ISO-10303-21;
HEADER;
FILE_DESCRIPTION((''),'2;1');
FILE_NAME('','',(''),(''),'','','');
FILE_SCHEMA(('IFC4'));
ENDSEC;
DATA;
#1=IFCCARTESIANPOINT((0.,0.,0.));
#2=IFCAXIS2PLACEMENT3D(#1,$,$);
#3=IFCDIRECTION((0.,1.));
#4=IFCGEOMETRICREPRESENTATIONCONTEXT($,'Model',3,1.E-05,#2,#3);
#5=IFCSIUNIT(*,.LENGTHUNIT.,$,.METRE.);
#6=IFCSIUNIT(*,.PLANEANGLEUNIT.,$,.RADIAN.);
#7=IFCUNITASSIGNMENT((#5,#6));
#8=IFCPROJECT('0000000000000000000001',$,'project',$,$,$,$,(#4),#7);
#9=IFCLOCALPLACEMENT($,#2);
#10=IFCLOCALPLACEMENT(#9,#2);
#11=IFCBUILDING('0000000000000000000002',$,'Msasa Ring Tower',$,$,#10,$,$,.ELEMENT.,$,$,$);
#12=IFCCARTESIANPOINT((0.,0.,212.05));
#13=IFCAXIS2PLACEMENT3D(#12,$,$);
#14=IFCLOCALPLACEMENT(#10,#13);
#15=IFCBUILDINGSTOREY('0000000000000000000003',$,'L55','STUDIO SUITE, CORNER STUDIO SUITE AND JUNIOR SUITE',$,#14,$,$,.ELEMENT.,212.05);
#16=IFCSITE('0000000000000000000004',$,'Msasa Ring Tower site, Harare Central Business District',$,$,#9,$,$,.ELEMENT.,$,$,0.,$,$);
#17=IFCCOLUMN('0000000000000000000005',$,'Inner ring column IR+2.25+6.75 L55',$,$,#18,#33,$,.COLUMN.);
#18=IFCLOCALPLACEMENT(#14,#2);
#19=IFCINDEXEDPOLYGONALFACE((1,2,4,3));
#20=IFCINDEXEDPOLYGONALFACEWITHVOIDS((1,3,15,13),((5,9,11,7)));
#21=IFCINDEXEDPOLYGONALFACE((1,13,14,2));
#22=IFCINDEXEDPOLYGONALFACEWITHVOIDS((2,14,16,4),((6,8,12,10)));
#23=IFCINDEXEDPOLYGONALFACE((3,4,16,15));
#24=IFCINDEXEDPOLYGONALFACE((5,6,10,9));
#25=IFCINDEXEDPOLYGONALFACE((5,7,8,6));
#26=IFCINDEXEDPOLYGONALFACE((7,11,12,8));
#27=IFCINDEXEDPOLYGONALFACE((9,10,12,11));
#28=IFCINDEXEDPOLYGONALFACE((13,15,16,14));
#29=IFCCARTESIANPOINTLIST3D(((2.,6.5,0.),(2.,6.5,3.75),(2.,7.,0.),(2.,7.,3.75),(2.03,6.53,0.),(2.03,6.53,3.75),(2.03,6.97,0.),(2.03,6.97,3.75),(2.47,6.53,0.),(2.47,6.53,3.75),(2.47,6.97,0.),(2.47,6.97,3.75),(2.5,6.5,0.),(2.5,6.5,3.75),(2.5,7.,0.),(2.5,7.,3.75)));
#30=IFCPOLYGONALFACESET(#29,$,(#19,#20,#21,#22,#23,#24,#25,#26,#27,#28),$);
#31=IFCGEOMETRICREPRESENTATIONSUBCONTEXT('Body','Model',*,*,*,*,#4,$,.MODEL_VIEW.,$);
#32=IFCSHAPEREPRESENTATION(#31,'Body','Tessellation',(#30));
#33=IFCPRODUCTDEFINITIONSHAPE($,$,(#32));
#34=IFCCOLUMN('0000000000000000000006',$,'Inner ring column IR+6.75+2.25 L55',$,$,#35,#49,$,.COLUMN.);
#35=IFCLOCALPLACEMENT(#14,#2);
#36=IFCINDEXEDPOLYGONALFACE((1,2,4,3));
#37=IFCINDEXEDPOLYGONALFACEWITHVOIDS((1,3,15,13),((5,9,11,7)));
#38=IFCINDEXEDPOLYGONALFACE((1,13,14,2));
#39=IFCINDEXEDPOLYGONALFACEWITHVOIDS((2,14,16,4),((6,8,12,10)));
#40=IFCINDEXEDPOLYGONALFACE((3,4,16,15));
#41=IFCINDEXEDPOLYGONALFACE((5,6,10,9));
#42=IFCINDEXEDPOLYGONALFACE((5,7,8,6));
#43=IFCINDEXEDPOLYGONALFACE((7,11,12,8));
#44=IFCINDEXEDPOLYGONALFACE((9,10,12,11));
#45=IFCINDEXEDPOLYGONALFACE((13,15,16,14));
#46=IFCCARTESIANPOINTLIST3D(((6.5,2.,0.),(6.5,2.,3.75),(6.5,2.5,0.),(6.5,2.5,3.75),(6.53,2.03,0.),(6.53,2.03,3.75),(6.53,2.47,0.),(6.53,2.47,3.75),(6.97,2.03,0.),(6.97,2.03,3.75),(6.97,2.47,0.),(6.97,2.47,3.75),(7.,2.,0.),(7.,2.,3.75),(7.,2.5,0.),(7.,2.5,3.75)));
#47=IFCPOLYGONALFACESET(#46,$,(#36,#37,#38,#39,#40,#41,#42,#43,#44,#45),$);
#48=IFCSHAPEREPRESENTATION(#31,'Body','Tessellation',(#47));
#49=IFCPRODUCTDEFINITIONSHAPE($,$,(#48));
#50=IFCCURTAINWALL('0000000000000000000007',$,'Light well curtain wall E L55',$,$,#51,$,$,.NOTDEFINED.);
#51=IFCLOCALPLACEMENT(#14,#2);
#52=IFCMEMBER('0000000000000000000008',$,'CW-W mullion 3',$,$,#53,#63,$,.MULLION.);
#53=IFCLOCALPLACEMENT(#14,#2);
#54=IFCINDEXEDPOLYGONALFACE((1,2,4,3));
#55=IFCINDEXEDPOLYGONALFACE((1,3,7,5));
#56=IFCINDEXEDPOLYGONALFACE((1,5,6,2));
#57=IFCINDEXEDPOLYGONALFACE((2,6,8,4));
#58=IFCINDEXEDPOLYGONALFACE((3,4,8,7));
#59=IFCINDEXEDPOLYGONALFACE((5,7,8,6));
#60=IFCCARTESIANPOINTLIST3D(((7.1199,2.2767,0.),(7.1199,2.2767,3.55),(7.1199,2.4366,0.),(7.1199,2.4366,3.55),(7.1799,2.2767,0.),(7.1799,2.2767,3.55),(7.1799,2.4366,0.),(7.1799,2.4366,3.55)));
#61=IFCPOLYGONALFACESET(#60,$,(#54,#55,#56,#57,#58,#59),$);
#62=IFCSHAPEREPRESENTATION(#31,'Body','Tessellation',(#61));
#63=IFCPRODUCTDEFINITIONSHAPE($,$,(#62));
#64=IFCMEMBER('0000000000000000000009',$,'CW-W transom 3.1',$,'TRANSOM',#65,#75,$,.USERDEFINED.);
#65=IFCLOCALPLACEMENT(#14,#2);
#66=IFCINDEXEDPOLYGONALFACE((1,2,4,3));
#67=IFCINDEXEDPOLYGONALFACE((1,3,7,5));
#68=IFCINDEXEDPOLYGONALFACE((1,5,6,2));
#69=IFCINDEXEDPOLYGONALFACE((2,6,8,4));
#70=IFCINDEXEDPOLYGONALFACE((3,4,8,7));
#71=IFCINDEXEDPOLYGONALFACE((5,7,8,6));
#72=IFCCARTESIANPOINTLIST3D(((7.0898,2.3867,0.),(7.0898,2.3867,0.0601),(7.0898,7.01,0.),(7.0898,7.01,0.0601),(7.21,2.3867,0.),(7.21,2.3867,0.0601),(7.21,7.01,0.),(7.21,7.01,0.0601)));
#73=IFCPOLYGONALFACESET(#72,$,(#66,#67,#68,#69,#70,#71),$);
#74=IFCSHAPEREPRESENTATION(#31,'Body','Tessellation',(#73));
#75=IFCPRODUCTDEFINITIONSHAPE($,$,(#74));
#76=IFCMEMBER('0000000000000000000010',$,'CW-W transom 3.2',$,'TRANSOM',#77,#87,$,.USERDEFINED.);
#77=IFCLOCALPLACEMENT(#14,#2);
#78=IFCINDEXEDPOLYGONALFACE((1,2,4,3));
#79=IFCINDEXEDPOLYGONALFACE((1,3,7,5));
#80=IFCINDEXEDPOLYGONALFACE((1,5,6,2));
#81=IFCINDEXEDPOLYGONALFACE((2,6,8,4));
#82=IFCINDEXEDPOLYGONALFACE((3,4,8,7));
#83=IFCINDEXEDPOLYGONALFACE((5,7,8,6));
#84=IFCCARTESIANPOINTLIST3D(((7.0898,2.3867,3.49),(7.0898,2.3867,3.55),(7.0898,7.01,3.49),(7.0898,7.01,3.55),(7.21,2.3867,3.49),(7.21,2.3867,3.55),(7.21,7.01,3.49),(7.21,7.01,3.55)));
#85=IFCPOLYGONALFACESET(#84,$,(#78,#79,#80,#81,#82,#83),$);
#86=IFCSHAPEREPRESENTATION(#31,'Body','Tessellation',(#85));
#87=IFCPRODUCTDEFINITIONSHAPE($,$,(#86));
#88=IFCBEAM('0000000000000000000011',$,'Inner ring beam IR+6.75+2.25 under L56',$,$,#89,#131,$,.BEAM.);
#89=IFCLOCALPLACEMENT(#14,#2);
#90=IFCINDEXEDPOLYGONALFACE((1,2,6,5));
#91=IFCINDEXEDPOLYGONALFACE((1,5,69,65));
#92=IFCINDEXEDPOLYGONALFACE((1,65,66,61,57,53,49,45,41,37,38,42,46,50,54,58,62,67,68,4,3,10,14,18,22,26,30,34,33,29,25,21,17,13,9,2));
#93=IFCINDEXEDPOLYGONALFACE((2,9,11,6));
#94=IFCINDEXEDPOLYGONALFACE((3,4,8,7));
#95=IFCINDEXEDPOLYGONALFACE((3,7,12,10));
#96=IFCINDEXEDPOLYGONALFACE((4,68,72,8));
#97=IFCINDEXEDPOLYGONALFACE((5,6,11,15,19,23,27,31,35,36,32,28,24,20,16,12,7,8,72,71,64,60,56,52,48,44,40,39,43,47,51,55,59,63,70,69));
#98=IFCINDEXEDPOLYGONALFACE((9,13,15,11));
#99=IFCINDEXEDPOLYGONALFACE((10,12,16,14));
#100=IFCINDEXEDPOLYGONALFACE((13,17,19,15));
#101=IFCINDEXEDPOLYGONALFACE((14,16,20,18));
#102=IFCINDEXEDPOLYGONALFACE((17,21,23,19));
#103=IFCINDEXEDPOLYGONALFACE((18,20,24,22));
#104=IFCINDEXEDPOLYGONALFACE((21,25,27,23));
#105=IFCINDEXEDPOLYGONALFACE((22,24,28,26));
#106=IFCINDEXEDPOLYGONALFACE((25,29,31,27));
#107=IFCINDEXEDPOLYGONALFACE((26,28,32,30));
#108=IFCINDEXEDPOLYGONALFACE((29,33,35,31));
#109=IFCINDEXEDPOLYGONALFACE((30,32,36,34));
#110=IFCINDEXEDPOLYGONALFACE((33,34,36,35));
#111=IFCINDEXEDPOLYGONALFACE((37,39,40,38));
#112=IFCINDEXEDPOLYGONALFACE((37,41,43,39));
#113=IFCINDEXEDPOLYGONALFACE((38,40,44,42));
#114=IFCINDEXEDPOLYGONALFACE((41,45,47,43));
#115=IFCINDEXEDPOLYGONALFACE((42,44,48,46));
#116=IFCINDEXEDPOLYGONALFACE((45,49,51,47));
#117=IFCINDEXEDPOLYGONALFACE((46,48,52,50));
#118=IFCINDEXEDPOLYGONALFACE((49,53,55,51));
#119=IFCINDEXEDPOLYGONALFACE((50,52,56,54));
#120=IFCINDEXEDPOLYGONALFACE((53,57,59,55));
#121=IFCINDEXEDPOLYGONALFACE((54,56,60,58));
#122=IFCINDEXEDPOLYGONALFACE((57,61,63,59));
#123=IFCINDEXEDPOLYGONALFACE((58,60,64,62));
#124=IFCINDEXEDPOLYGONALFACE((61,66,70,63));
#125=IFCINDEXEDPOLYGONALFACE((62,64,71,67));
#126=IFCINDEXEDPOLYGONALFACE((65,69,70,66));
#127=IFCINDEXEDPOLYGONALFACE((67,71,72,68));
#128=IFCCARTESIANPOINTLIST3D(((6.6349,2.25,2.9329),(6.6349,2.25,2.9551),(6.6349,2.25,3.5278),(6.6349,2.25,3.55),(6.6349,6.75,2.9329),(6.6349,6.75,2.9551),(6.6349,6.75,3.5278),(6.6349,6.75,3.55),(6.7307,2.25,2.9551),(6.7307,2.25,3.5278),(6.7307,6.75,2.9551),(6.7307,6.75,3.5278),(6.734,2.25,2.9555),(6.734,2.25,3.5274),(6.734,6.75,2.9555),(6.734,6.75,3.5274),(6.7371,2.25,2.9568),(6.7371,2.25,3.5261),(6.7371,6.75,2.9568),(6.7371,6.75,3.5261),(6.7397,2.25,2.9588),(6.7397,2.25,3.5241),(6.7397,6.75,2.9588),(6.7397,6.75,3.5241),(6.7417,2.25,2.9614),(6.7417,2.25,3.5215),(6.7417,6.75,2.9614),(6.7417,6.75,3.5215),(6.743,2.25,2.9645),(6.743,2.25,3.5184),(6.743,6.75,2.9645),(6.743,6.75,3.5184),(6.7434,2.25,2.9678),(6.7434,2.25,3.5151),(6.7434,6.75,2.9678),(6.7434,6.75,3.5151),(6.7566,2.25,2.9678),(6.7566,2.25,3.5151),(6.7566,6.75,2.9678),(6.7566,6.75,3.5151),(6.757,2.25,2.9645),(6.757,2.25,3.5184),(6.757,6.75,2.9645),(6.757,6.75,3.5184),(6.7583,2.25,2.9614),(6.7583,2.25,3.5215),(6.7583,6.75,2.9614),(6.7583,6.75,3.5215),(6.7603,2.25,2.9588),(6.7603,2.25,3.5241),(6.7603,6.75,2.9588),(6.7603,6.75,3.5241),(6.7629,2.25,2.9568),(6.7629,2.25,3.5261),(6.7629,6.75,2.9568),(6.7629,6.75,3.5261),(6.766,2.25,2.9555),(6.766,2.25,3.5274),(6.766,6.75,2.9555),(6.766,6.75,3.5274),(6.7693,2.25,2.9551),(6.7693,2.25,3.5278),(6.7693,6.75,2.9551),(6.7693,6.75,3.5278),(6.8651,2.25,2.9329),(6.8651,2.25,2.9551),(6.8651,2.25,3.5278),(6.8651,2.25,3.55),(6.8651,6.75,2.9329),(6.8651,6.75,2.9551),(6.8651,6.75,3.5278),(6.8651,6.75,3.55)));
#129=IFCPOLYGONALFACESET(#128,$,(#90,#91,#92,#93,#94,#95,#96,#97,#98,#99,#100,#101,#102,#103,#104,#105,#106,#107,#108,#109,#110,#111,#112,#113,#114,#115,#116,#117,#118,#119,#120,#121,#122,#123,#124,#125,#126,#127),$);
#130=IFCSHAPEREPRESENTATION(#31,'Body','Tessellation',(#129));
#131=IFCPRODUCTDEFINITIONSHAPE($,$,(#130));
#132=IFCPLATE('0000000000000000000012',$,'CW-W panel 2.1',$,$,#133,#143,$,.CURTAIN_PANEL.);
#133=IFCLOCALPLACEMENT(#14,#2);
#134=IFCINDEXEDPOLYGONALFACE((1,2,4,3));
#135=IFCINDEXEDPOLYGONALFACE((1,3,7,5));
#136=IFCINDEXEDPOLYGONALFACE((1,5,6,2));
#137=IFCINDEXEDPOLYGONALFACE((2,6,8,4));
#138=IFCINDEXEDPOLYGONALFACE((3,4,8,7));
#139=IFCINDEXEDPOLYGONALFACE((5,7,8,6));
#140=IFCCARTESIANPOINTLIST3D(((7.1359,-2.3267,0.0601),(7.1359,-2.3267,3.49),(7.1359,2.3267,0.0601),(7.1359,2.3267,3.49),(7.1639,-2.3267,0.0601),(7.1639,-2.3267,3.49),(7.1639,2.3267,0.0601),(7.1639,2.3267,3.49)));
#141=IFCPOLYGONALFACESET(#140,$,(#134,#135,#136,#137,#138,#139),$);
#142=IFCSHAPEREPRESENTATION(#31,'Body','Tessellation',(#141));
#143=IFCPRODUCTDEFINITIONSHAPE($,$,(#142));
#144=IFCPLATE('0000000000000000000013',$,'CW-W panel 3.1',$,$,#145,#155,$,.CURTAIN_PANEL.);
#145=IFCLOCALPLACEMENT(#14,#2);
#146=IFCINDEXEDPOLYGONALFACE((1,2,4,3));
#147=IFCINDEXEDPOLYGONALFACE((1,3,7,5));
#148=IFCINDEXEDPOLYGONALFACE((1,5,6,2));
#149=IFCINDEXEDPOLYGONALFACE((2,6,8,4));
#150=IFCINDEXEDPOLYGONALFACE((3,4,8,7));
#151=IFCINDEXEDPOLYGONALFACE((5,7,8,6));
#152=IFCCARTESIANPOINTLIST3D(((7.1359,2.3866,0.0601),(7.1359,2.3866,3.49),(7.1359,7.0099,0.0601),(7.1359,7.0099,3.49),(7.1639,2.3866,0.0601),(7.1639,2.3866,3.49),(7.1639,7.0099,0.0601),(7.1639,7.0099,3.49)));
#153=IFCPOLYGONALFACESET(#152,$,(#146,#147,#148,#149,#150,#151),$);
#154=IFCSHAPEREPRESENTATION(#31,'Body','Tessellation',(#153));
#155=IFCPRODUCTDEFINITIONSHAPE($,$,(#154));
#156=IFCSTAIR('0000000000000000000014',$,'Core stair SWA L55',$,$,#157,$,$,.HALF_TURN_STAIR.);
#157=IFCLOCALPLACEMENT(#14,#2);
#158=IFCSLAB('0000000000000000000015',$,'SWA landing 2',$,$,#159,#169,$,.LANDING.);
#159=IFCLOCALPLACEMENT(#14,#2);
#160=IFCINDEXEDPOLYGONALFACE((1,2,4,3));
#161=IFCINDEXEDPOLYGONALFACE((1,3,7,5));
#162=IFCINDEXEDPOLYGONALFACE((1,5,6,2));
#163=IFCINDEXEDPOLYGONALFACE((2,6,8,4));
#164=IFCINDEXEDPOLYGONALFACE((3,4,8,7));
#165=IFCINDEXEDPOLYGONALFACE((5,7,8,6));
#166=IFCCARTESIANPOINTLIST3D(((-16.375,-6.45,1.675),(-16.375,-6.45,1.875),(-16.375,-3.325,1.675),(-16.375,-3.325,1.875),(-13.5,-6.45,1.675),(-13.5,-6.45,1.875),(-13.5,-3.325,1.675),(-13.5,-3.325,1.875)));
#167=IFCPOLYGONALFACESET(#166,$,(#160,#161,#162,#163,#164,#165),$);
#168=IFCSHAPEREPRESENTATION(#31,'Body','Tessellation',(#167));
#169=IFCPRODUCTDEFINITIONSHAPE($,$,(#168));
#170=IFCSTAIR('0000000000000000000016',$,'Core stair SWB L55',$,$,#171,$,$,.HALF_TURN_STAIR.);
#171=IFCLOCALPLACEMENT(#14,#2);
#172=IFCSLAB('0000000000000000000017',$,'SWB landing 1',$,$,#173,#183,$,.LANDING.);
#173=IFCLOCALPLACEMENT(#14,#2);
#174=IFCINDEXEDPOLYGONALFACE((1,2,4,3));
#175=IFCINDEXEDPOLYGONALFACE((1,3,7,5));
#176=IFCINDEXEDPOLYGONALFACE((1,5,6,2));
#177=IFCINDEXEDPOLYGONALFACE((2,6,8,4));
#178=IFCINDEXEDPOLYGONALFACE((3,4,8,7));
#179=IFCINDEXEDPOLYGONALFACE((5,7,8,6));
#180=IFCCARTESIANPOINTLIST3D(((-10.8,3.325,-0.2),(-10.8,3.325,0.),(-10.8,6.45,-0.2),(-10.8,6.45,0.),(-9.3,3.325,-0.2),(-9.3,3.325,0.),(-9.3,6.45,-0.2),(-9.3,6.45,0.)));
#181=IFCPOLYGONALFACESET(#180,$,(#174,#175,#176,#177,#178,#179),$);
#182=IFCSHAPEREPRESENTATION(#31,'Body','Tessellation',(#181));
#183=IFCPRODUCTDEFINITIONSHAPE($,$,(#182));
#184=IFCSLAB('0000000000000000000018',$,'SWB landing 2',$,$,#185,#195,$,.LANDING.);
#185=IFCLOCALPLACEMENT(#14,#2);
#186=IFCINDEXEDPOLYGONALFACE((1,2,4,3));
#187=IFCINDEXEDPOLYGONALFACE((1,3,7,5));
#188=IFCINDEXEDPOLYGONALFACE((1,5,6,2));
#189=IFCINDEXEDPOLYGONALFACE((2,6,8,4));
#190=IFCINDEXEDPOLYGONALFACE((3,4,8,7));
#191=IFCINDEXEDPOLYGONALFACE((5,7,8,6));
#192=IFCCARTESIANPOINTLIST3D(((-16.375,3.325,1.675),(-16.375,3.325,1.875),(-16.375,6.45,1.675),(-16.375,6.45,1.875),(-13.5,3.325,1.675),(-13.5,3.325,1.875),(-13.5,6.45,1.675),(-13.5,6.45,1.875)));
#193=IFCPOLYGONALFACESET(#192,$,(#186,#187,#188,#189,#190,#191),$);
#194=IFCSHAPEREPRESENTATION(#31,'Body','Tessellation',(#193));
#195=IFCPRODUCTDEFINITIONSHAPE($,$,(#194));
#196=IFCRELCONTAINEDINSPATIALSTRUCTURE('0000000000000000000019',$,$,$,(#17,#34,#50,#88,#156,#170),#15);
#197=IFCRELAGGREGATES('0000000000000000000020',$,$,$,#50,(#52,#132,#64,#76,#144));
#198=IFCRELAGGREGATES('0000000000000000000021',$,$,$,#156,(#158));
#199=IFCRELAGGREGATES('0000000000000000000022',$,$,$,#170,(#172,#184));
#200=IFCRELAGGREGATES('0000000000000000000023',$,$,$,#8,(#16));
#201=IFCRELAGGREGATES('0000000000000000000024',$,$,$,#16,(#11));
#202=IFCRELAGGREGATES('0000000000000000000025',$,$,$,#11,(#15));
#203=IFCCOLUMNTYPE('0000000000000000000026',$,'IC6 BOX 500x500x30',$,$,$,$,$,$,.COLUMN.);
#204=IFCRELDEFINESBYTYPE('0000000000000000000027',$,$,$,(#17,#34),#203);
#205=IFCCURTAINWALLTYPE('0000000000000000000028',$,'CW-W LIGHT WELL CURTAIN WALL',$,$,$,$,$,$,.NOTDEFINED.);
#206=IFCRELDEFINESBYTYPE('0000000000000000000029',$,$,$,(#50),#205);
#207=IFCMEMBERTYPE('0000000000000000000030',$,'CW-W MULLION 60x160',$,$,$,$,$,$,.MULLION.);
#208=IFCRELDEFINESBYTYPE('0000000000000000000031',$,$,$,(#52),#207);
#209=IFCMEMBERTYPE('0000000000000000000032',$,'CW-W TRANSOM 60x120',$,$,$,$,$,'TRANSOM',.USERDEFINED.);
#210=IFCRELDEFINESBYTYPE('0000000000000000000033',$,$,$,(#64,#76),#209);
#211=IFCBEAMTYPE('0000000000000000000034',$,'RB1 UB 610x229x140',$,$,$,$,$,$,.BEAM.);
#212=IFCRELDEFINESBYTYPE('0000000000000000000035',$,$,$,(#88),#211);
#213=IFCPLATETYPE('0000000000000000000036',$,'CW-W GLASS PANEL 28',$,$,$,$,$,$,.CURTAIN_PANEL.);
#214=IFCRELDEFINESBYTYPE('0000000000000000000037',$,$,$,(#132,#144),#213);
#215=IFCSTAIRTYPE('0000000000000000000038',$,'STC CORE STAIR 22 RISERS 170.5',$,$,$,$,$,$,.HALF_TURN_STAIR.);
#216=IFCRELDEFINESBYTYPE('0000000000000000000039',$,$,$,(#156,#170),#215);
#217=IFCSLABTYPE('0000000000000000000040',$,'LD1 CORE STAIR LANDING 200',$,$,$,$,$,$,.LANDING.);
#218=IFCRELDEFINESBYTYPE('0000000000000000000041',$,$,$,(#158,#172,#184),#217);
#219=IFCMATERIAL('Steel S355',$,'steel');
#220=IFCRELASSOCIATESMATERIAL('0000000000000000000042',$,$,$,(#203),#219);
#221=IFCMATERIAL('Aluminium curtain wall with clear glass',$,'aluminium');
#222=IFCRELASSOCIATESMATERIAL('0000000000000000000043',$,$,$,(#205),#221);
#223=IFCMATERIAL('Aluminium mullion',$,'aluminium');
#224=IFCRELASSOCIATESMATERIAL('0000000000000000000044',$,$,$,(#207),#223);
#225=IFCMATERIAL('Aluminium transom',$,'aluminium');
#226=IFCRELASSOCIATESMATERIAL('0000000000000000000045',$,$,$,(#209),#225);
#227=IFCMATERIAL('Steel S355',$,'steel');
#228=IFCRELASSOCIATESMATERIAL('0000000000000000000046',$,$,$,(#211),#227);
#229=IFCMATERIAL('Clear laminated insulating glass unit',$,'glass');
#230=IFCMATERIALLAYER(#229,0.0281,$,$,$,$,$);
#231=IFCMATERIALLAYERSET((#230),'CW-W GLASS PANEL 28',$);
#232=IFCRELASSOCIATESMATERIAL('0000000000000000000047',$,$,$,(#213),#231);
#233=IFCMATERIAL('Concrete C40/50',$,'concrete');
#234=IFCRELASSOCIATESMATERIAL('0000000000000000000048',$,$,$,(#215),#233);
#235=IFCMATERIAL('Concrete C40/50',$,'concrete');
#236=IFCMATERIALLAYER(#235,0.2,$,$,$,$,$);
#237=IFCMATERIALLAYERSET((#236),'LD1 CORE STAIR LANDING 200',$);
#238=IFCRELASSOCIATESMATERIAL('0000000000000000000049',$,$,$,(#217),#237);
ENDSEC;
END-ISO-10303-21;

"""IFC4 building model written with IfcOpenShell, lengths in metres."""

from ifc_helpers import new_model, si_unit, direction, frame, origin, origin_2d, place, context, subcontext, project, spatial, polyline, rectangle, hollow_rectangle, i_section, outline, extrude, material, layer, layer_set, material_profile, profile_set, type_object, element, aggregate, save


model = new_model("IFC4")

# Units and contexts
model_context = context("Model", 3, precision=1e-05, world=origin(), true_north=direction((0.0, 1.0)))
body_context = subcontext(model_context, "Body", "Model", "MODEL_VIEW")
ifc_project = project(units=[si_unit("LENGTHUNIT", "METRE"), si_unit("PLANEANGLEUNIT", "RADIAN")], contexts=[model_context])

# Site, building, storey
site_placement = place(None, origin())
site = spatial("IfcSite", under=ifc_project, at=site_placement, Name="Msasa Ring Tower site, Harare Central Business District", CompositionType="ELEMENT", RefElevation=0.0)
building_placement = place(site_placement, origin())
building = spatial("IfcBuilding", under=site, at=building_placement, Name="Msasa Ring Tower", CompositionType="ELEMENT")
storey_placement = place(building_placement, frame((0.0, 0.0, 212.05)))
storey = spatial("IfcBuildingStorey", under=building, at=storey_placement, Name="L55", Description="STUDIO SUITE, CORNER STUDIO SUITE AND JUNIOR SUITE", CompositionType="ELEMENT", Elevation=212.05)

# Columns
ifc_material_1 = material(Name="Steel S355", Category="steel")
ifc_material_profile_1 = material_profile(ifc_material_1, hollow_rectangle(XDim=0.5, YDim=0.5, WallThickness=0.03, at=origin_2d()), Name="BOX 500x500x30")
ifc_profile_set_1 = profile_set([ifc_material_profile_1], Name="Steel S355")
column_type = type_object("IfcColumnType", Name="IC6 BOX 500x500x30", PredefinedType="COLUMN", material=ifc_profile_set_1)
for number, where, z_axis, x_axis, name in (
    (1, (2.25, 6.75, 0.0), (0.0, 0.0, 1.0), (1.0, 0.0, 0.0), "Inner ring column IR+2.25+6.75 L55"),
    (2, (6.75, 2.25, 0.0), (0.0, 0.0, 1.0), (1.0, 0.0, 0.0), "Inner ring column IR+6.75+2.25 L55"),
):
    element("IfcColumn", number, at=place(storey_placement, frame(where, z_axis=z_axis, x_axis=x_axis)), inside=storey, type_object=column_type, Name=name, PredefinedType="COLUMN", context=body_context, shape_type="SweptSolid", body=[
        extrude(hollow_rectangle(XDim=0.5, YDim=0.5, WallThickness=0.03, at=origin_2d()), origin(), (0.0, 0.0, 1.0), 3.75),
    ])

# Curtain wall, members
ifc_material_2 = material(Name="Aluminium curtain wall with clear glass", Category="aluminium")
curtain_wall_type = type_object("IfcCurtainWallType", Name="CW-W LIGHT WELL CURTAIN WALL", PredefinedType="NOTDEFINED", material=ifc_material_2)
curtain_wall_placement = place(storey_placement, origin())
curtain_wall = element("IfcCurtainWall", 3, at=curtain_wall_placement, inside=storey, type_object=curtain_wall_type, Name="Light well curtain wall E L55", PredefinedType="NOTDEFINED")
ifc_material_3 = material(Name="Aluminium mullion", Category="aluminium")
ifc_material_profile_2 = material_profile(ifc_material_3, rectangle(XDim=0.0601, YDim=0.1599, at=origin_2d()), Name="AL 60x160")
ifc_profile_set_2 = profile_set([ifc_material_profile_2], Name="Aluminium mullion")
member_type_1 = type_object("IfcMemberType", Name="CW-W MULLION 60x160", PredefinedType="MULLION", material=ifc_profile_set_2)
member_1_placement = place(storey_placement, frame((7.1499, 2.3567, 0.0), z_axis=(0.0, 0.0, 1.0), x_axis=(-1.0, 0.0, 0.0)))
member_1 = element("IfcMember", 4, at=member_1_placement, type_object=member_type_1, Name="CW-W mullion 3", PredefinedType="MULLION", context=body_context, shape_type="SweptSolid", body=[
    extrude(rectangle(XDim=0.0601, YDim=0.1599, at=origin_2d()), origin(), (0.0, 0.0, 1.0), 3.55),
])
ifc_material_4 = material(Name="Aluminium transom", Category="aluminium")
ifc_material_profile_3 = material_profile(ifc_material_4, rectangle(XDim=0.1201, YDim=0.0601, at=origin_2d()), Name="AL 60x120")
ifc_profile_set_3 = profile_set([ifc_material_profile_3], Name="Aluminium transom")
member_type_2 = type_object("IfcMemberType", Name="CW-W TRANSOM 60x120", ElementType="TRANSOM", PredefinedType="USERDEFINED", material=ifc_profile_set_3)
member_2_placement = place(storey_placement, frame((7.1499, 2.3867, 0.03), z_axis=(0.0, 1.0, 0.0), x_axis=(-1.0, 0.0, 0.0)))
member_2 = element("IfcMember", 5, at=member_2_placement, type_object=member_type_2, Name="CW-W transom 3.1", ObjectType="TRANSOM", PredefinedType="USERDEFINED", context=body_context, shape_type="SweptSolid", body=[
    extrude(rectangle(XDim=0.1201, YDim=0.0601, at=origin_2d()), origin(), (0.0, 0.0, 1.0), 4.6233),
])
member_3_placement = place(storey_placement, frame((7.1499, 2.3867, 3.52), z_axis=(0.0, 1.0, 0.0), x_axis=(-1.0, 0.0, 0.0)))
member_3 = element("IfcMember", 6, at=member_3_placement, type_object=member_type_2, Name="CW-W transom 3.2", ObjectType="TRANSOM", PredefinedType="USERDEFINED", context=body_context, shape_type="SweptSolid", body=[
    extrude(rectangle(XDim=0.1201, YDim=0.0601, at=origin_2d()), origin(), (0.0, 0.0, 1.0), 4.6233),
])

# Beam
ifc_material_5 = material(Name="Steel S355", Category="steel")
ifc_material_profile_4 = material_profile(ifc_material_5, i_section(OverallWidth=0.2302, OverallDepth=0.6172, WebThickness=0.0132, FlangeThickness=0.0222, FilletRadius=0.0127, at=origin_2d()), Name="UB 610x229x140")
ifc_profile_set_4 = profile_set([ifc_material_profile_4], Name="Steel S355")
beam_type = type_object("IfcBeamType", Name="RB1 UB 610x229x140", PredefinedType="BEAM", material=ifc_profile_set_4)
beam_placement = place(storey_placement, frame((6.75, 2.25, 3.2415), z_axis=(0.0, 1.0, 0.0), x_axis=(-1.0, 0.0, 0.0)))
element("IfcBeam", 7, at=beam_placement, inside=storey, type_object=beam_type, Name="Inner ring beam IR+6.75+2.25 under L56", PredefinedType="BEAM", context=body_context, shape_type="SweptSolid", body=[
    extrude(i_section(OverallWidth=0.2302, OverallDepth=0.6172, WebThickness=0.0132, FlangeThickness=0.0222, FilletRadius=0.0127, at=origin_2d()), origin(), (0.0, 0.0, 1.0), 4.5),
])

# Plates
ifc_material_6 = material(Name="Clear laminated insulating glass unit", Category="glass")
ifc_layer_1 = layer(ifc_material_6, 0.0281)
ifc_layer_set_1 = layer_set([ifc_layer_1], Name="CW-W GLASS PANEL 28")
plate_type = type_object("IfcPlateType", Name="CW-W GLASS PANEL 28", PredefinedType="CURTAIN_PANEL", material=ifc_layer_set_1)
plate_1_placement = place(storey_placement, frame((7.1499, 0.0, 0.0601), z_axis=(0.0, 0.0, 1.0), x_axis=(0.0, 1.0, 0.0)))
plate_1 = element("IfcPlate", 8, at=plate_1_placement, type_object=plate_type, Name="CW-W panel 2.1", PredefinedType="CURTAIN_PANEL", context=body_context, shape_type="SweptSolid", body=[
    extrude(rectangle(XDim=4.6533, YDim=0.0281, at=origin_2d()), origin(), (0.0, 0.0, 1.0), 3.4299),
])
plate_2_placement = place(storey_placement, frame((7.1499, 4.6982, 0.0601), z_axis=(0.0, 0.0, 1.0), x_axis=(0.0, 1.0, 0.0)))
plate_2 = element("IfcPlate", 9, at=plate_2_placement, type_object=plate_type, Name="CW-W panel 3.1", PredefinedType="CURTAIN_PANEL", context=body_context, shape_type="SweptSolid", body=[
    extrude(rectangle(XDim=4.6233, YDim=0.0281, at=origin_2d()), origin(), (0.0, 0.0, 1.0), 3.4299),
])
aggregate(curtain_wall, [member_1, plate_1, member_2, member_3, plate_2])

# Stair, slab
ifc_material_7 = material(Name="Concrete C40/50", Category="concrete")
stair_type = type_object("IfcStairType", Name="STC CORE STAIR 22 RISERS 170.5", PredefinedType="HALF_TURN_STAIR", material=ifc_material_7)
stair_1_placement = place(storey_placement, origin())
stair_1 = element("IfcStair", 10, at=stair_1_placement, inside=storey, type_object=stair_type, Name="Core stair SWA L55", PredefinedType="HALF_TURN_STAIR")
ifc_material_8 = material(Name="Concrete C40/50", Category="concrete")
ifc_layer_2 = layer(ifc_material_8, 0.2)
ifc_layer_set_2 = layer_set([ifc_layer_2], Name="LD1 CORE STAIR LANDING 200")
slab_type = type_object("IfcSlabType", Name="LD1 CORE STAIR LANDING 200", PredefinedType="LANDING", material=ifc_layer_set_2)
slab_1_placement = place(storey_placement, frame((0.0, 0.0, 1.675)))
slab_1 = element("IfcSlab", 11, at=slab_1_placement, type_object=slab_type, Name="SWA landing 2", PredefinedType="LANDING", context=body_context, shape_type="SweptSolid", body=[
    extrude(outline(polyline([(-16.375, -6.45), (-13.5, -6.45), (-13.5, -3.325), (-16.375, -3.325), (-16.375, -6.45)])), origin(), (0.0, 0.0, 1.0), 0.2),
])
aggregate(stair_1, [slab_1])

# Stair, slabs
stair_2_placement = place(storey_placement, origin())
stair_2 = element("IfcStair", 12, at=stair_2_placement, inside=storey, type_object=stair_type, Name="Core stair SWB L55", PredefinedType="HALF_TURN_STAIR")
slab_2_placement = place(storey_placement, frame((0.0, 0.0, -0.2)))
slab_2 = element("IfcSlab", 13, at=slab_2_placement, type_object=slab_type, Name="SWB landing 1", PredefinedType="LANDING", context=body_context, shape_type="SweptSolid", body=[
    extrude(outline(polyline([(-10.8, 3.325), (-9.3, 3.325), (-9.3, 6.45), (-10.8, 6.45), (-10.8, 3.325)])), origin(), (0.0, 0.0, 1.0), 0.2),
])
slab_3_placement = place(storey_placement, frame((0.0, 0.0, 1.675)))
slab_3 = element("IfcSlab", 14, at=slab_3_placement, type_object=slab_type, Name="SWB landing 2", PredefinedType="LANDING", context=body_context, shape_type="SweptSolid", body=[
    extrude(outline(polyline([(-16.375, 3.325), (-13.5, 3.325), (-13.5, 6.45), (-16.375, 6.45), (-16.375, 3.325)])), origin(), (0.0, 0.0, 1.0), 0.2),
])
aggregate(stair_2, [slab_2, slab_3])

save(model, "model.ifc")
